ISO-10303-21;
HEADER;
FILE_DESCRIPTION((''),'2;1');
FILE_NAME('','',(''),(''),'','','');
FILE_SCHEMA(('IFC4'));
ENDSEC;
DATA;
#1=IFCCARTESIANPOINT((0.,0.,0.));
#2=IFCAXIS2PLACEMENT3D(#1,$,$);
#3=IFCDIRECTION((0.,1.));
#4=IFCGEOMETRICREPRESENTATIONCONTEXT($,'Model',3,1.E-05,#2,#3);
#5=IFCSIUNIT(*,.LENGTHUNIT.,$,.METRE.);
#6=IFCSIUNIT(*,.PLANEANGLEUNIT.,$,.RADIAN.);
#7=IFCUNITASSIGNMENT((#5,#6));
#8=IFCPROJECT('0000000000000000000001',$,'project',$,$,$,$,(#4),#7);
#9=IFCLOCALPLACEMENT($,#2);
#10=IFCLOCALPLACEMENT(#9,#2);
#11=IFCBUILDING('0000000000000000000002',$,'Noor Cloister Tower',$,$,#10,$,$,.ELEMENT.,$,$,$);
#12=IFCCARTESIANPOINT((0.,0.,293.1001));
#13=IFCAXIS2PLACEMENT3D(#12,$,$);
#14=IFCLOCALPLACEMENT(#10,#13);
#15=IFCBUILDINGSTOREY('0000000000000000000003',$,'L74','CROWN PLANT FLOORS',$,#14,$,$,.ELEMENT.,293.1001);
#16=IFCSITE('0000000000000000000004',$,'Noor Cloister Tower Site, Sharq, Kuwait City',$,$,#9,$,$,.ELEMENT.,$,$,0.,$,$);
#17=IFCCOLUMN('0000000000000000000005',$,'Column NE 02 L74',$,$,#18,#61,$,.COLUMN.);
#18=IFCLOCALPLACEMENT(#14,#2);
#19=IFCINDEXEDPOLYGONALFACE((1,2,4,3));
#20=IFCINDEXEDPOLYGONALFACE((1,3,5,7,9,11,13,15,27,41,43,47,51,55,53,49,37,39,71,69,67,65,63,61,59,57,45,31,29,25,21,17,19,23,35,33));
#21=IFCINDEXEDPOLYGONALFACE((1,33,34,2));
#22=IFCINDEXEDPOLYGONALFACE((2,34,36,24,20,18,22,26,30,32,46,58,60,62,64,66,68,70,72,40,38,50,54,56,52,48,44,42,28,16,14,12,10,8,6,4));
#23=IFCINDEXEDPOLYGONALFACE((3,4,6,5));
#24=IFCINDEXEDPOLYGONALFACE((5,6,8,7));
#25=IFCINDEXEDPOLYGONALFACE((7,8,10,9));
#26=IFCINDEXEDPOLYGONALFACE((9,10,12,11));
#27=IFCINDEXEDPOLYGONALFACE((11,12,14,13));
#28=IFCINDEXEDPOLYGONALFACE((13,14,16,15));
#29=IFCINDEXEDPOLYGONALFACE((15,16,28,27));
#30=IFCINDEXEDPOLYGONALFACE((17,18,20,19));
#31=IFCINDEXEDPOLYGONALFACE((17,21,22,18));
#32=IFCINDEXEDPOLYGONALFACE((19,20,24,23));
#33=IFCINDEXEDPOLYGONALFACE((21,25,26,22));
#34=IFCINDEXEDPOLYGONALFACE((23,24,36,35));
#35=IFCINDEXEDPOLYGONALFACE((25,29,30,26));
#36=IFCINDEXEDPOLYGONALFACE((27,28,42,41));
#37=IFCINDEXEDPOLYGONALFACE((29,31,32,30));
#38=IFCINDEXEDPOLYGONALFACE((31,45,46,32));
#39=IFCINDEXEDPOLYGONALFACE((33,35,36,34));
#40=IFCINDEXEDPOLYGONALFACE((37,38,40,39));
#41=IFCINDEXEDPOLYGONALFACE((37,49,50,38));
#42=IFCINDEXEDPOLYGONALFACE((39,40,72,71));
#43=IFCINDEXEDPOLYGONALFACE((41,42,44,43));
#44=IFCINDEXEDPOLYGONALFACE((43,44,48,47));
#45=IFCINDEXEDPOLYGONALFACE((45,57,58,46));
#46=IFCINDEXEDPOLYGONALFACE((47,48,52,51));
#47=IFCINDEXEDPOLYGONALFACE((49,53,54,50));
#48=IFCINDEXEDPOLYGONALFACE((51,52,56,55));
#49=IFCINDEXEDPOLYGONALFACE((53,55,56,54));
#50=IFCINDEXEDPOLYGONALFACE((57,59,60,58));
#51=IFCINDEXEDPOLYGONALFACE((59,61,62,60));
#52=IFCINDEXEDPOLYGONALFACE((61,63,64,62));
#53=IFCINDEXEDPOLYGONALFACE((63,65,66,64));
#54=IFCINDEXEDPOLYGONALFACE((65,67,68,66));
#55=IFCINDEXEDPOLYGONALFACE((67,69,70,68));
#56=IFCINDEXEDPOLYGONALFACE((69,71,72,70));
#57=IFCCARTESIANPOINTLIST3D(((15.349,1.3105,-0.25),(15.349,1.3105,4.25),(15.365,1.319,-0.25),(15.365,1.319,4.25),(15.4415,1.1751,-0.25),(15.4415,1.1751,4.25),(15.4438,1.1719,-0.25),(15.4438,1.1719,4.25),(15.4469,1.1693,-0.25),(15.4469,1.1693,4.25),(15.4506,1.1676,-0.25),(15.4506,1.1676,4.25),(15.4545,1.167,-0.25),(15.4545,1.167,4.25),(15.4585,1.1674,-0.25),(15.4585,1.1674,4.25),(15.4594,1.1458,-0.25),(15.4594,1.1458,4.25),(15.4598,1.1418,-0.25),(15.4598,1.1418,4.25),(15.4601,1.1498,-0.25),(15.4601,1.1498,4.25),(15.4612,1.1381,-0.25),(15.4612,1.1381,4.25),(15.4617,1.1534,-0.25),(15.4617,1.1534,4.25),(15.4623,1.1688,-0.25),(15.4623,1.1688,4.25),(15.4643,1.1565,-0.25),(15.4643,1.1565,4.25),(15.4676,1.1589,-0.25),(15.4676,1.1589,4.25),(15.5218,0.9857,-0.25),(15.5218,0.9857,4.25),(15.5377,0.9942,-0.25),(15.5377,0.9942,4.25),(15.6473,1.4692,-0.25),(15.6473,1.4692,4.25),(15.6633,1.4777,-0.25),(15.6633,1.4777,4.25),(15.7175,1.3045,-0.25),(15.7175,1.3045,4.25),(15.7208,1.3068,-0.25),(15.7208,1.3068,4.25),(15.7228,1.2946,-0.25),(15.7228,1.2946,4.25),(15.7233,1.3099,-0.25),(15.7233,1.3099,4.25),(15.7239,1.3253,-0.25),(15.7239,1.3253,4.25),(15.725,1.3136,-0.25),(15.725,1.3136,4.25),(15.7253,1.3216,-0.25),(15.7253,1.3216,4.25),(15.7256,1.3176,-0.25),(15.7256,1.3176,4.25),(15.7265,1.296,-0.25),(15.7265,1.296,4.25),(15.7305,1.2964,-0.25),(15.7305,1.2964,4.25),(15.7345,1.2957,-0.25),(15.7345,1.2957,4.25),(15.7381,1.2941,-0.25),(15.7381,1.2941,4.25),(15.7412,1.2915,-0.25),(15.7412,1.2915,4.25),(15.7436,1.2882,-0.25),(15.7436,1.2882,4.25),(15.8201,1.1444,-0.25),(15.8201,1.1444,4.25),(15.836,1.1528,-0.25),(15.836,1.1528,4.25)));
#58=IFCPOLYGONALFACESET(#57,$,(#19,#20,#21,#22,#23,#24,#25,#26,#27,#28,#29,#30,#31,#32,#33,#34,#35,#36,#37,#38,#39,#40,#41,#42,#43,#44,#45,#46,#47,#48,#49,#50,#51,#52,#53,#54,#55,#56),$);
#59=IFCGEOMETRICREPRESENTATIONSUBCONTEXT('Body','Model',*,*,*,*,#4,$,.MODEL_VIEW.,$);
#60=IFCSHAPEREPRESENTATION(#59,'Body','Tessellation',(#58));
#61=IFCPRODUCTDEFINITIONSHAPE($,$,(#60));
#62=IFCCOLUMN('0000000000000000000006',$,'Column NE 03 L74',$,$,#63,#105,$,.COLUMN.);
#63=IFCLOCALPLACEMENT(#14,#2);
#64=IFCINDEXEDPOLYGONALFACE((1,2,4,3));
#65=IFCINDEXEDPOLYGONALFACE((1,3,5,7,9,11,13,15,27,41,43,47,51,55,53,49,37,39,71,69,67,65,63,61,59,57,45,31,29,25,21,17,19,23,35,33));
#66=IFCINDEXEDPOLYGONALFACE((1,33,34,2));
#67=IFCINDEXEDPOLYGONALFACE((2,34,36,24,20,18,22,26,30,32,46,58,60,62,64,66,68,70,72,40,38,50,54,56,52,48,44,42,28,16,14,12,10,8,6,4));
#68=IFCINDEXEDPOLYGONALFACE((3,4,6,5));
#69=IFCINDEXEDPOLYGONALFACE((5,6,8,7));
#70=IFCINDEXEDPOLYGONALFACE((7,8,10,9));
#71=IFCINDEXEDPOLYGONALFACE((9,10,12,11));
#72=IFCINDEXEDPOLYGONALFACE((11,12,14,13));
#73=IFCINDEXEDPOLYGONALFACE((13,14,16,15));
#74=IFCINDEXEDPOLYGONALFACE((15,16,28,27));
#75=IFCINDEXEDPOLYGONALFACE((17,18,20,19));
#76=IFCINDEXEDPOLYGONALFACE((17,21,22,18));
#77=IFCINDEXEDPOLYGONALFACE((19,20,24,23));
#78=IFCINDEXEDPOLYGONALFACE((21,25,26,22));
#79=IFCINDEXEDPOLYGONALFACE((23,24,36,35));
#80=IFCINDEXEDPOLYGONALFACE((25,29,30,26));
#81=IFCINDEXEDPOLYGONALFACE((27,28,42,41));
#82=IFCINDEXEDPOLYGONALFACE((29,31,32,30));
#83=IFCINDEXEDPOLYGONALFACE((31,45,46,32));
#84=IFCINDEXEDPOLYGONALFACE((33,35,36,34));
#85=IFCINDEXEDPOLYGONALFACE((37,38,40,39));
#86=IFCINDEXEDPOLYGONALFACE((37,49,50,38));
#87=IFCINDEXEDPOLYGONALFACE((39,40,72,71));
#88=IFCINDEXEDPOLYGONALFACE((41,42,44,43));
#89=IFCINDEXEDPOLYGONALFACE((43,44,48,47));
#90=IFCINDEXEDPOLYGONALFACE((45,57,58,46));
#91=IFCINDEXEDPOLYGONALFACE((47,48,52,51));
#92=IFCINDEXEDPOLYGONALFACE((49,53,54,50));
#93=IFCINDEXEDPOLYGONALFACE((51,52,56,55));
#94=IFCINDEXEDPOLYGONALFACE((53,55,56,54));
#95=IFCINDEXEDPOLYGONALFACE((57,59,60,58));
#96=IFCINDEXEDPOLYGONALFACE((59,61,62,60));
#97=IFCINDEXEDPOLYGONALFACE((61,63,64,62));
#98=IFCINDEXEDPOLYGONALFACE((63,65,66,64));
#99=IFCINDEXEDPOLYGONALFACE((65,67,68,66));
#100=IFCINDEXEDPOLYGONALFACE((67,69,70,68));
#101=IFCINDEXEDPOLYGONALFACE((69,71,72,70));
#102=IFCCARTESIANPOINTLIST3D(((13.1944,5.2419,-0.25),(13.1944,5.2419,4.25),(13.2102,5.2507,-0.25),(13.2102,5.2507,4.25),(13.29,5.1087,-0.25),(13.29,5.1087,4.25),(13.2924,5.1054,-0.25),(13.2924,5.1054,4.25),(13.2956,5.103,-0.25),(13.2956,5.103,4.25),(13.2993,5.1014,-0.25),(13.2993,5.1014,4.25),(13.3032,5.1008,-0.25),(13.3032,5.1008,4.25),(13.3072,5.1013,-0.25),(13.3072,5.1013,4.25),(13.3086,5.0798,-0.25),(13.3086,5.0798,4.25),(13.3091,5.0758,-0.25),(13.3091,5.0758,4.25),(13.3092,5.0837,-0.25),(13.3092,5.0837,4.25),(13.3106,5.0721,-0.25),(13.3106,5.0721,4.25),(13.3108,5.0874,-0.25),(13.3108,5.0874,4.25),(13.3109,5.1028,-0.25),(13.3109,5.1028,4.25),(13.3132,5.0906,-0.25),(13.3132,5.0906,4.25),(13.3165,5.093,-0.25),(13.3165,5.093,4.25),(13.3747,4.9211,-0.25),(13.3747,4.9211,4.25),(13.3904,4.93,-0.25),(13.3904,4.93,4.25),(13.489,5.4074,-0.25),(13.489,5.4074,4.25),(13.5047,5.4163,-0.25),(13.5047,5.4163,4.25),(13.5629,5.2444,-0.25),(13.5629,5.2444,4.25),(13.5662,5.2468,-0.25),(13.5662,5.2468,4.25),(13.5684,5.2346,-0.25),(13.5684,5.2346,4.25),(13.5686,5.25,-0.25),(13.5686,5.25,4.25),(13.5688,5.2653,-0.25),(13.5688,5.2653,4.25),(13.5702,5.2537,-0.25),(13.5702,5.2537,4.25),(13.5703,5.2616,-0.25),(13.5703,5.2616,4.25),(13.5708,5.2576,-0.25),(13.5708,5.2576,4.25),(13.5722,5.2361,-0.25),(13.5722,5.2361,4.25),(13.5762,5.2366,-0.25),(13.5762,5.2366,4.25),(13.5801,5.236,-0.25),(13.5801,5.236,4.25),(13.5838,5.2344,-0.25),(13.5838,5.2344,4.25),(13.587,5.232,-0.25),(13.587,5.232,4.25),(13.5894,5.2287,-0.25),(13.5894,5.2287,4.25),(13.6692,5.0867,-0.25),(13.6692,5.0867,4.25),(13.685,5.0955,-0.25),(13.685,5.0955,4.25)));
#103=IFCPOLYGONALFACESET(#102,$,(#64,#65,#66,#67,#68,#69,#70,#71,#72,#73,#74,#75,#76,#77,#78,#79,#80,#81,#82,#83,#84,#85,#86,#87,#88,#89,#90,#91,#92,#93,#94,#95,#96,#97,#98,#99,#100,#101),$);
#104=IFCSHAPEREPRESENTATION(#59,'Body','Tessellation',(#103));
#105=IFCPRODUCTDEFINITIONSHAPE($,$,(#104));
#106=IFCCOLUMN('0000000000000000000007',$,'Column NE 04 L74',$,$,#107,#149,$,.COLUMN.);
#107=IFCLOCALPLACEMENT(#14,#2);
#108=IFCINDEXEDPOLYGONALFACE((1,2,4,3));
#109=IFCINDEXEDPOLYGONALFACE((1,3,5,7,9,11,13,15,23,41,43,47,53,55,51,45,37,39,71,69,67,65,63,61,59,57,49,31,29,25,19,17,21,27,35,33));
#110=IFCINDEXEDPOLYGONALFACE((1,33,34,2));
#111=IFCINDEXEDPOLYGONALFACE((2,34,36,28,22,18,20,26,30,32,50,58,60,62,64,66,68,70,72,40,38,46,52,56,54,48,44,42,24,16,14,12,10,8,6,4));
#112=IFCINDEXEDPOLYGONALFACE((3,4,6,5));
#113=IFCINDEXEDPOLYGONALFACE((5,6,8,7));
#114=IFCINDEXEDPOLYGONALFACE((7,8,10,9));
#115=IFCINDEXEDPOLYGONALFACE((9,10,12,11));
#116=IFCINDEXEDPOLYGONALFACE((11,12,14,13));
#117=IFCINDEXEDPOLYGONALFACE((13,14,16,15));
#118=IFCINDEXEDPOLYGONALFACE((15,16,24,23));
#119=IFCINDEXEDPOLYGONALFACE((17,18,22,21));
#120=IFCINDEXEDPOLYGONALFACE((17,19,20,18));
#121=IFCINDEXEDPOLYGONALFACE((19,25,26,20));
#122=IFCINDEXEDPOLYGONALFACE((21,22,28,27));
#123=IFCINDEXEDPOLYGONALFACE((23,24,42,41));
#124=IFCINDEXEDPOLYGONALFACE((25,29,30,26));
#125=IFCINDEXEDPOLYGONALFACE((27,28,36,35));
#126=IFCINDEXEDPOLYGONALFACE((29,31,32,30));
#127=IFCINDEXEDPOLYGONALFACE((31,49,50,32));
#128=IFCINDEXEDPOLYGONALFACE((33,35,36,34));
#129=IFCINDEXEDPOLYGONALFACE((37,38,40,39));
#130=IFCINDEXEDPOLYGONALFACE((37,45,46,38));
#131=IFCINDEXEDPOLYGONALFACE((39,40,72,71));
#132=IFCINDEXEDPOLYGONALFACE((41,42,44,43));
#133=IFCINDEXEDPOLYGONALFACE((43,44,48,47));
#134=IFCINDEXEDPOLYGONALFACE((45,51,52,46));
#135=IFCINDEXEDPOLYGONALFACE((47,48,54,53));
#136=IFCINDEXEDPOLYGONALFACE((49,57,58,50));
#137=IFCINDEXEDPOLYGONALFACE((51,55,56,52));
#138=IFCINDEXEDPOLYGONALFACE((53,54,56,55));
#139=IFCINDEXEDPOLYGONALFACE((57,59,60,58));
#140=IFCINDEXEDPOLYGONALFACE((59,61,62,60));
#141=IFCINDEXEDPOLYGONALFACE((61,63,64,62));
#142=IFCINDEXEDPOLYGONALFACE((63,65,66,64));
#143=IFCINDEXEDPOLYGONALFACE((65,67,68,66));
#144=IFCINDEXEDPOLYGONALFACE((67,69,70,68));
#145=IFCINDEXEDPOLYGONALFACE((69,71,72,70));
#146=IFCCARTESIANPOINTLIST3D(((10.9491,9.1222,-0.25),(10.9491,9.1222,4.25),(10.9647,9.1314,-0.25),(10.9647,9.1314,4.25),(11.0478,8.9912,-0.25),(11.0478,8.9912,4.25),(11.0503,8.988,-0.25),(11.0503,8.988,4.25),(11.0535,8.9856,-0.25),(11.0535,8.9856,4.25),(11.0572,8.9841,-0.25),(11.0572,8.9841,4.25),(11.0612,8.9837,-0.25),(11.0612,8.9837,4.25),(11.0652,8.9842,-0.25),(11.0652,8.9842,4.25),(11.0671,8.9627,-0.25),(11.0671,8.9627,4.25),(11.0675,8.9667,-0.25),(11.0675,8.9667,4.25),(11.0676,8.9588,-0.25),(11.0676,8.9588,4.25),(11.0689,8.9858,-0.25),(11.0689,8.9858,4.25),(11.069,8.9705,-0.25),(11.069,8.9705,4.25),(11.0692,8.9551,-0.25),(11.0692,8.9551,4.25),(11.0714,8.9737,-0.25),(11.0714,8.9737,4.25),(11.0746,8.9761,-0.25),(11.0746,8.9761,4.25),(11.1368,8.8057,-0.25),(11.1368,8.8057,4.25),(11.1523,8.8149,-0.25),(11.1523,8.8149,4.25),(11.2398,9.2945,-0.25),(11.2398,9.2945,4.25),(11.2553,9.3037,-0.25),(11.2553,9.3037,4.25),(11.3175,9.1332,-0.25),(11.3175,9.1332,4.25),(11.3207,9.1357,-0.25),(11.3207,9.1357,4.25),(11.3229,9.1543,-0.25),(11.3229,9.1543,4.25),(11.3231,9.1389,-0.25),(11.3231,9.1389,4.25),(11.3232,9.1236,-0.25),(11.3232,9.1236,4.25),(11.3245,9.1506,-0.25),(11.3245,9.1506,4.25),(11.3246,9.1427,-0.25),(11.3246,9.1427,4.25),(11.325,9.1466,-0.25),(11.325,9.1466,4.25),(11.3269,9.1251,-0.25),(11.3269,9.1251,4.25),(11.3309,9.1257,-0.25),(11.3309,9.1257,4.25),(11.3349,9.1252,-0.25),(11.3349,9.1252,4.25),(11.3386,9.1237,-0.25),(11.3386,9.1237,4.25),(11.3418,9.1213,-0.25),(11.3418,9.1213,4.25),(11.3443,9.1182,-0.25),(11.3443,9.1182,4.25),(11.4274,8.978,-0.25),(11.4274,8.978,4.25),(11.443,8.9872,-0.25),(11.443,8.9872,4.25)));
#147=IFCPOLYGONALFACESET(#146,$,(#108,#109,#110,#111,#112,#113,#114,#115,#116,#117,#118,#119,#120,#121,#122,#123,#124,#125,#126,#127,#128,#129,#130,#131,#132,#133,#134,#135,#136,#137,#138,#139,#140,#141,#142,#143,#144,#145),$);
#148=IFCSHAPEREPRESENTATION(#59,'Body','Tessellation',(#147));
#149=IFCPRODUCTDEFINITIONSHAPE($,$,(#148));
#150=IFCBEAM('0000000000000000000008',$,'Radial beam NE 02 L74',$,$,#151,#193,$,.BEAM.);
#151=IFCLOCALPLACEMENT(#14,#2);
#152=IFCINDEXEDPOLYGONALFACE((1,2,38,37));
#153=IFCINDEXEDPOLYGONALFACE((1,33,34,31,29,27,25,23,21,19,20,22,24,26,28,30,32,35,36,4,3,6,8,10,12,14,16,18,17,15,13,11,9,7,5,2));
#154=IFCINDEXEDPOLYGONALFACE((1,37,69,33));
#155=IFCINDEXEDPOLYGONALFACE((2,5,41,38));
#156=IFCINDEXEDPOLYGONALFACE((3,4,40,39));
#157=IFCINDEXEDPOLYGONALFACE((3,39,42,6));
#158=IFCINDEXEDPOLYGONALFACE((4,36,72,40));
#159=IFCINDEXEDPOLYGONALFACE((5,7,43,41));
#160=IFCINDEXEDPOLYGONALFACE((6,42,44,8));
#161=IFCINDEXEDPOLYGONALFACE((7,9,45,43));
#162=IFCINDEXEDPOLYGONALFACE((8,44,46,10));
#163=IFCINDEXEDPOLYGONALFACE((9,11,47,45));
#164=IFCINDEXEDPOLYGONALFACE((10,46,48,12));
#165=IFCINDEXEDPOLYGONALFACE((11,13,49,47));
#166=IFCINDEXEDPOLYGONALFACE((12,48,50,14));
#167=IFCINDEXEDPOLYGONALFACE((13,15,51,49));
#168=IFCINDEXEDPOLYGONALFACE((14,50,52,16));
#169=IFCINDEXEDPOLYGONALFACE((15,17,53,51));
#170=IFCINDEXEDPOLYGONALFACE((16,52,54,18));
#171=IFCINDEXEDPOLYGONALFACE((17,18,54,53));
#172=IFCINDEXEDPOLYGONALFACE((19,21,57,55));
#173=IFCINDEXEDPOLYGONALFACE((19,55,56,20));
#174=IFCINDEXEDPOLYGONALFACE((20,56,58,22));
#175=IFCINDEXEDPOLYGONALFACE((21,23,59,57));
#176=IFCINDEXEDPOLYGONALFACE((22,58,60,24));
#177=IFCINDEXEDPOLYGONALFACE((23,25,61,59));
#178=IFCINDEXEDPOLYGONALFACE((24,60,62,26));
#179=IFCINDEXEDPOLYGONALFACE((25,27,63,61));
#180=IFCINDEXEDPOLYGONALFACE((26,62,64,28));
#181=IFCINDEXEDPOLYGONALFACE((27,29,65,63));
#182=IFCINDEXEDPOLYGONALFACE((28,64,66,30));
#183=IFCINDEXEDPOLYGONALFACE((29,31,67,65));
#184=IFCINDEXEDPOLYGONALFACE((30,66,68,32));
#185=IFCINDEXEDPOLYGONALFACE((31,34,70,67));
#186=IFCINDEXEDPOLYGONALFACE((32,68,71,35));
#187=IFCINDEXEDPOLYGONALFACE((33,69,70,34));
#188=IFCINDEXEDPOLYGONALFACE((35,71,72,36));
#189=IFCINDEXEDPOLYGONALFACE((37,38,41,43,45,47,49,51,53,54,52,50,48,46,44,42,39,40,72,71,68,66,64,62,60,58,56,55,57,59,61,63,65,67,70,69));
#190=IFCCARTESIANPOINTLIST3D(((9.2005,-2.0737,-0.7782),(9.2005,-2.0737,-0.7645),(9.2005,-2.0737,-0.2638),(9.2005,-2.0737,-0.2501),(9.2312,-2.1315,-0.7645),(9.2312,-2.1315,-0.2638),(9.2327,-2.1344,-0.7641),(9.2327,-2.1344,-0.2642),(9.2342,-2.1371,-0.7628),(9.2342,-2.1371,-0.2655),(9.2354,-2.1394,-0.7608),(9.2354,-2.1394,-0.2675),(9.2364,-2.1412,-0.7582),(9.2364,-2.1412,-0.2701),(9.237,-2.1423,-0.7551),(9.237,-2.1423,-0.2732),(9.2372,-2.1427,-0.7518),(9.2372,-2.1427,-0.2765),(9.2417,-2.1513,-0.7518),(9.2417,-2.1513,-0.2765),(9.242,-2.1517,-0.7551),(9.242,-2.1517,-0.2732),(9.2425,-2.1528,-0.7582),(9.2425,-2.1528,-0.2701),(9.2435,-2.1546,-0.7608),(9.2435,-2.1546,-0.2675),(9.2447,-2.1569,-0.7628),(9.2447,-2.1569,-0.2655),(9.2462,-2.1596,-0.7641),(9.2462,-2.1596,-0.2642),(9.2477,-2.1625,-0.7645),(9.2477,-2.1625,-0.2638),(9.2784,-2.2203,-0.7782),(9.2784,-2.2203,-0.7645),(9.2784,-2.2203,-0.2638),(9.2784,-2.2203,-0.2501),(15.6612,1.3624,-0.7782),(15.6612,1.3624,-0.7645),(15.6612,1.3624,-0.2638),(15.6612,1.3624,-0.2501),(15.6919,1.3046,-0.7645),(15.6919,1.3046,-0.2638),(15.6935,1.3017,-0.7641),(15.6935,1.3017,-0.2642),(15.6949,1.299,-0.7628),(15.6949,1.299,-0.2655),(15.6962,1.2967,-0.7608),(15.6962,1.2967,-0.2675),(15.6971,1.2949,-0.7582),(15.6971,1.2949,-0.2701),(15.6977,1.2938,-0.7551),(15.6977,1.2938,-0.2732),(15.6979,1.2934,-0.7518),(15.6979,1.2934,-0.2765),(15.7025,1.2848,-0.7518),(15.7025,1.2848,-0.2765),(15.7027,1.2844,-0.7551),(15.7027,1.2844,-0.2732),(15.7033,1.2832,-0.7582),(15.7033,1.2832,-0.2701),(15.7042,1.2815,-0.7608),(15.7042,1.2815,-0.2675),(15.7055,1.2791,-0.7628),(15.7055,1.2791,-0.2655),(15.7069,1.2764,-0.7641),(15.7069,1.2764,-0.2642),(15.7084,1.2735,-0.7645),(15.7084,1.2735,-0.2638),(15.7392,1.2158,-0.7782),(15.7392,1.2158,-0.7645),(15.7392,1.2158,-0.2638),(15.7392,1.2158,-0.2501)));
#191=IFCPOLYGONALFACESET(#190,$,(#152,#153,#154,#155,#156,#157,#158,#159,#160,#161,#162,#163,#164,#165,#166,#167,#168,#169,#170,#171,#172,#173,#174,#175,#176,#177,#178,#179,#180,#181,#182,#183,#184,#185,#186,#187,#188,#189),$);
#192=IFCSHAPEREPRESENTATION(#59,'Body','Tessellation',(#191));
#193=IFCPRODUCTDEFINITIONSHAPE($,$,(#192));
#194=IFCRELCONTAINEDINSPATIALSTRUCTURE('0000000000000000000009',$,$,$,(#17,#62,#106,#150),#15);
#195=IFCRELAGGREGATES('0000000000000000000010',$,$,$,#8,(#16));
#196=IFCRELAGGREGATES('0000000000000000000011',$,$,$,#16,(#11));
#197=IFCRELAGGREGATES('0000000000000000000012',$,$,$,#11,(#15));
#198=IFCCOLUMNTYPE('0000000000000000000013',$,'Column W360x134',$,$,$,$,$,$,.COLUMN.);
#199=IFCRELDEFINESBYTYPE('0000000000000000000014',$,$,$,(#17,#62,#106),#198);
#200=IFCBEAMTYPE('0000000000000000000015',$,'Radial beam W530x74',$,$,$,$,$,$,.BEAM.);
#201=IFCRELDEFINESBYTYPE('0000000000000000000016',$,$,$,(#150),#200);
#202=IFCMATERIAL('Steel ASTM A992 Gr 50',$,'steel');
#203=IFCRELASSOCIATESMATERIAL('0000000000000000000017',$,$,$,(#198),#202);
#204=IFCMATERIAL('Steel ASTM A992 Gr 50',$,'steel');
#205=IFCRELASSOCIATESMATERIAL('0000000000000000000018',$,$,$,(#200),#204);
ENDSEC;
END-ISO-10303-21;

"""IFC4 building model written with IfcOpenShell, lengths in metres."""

from ifc_helpers import new_model, si_unit, direction, frame, origin, origin_2d, place, context, subcontext, project, spatial, i_section, extrude, material, material_profile, profile_set, type_object, element, save


model = new_model("IFC4")

# Units and contexts
model_context = context("Model", 3, precision=1e-05, world=origin(), true_north=direction((0.0, 1.0)))
body_context = subcontext(model_context, "Body", "Model", "MODEL_VIEW")
ifc_project = project(units=[si_unit("LENGTHUNIT", "METRE"), si_unit("PLANEANGLEUNIT", "RADIAN")], contexts=[model_context])

# Site, building, storey
site_placement = place(None, origin())
site = spatial("IfcSite", under=ifc_project, at=site_placement, Name="Noor Cloister Tower Site, Sharq, Kuwait City", CompositionType="ELEMENT", RefElevation=0.0)
building_placement = place(site_placement, origin())
building = spatial("IfcBuilding", under=site, at=building_placement, Name="Noor Cloister Tower", CompositionType="ELEMENT")
storey_placement = place(building_placement, frame((0.0, 0.0, 293.1001)))
storey = spatial("IfcBuildingStorey", under=building, at=storey_placement, Name="L74", Description="CROWN PLANT FLOORS", CompositionType="ELEMENT", Elevation=293.1001)

# Columns
ifc_material_1 = material(Name="Steel ASTM A992 Gr 50", Category="steel")
ifc_material_profile_1 = material_profile(ifc_material_1, i_section(OverallWidth=0.3679, OverallDepth=0.356, WebThickness=0.0112, FlangeThickness=0.0181, FilletRadius=0.0154, at=origin_2d()), Name="W360x134")
ifc_profile_set_1 = profile_set([ifc_material_profile_1], Name="Steel ASTM A992 Gr 50")
column_type = type_object("IfcColumnType", Name="Column W360x134", PredefinedType="COLUMN", material=ifc_profile_set_1)
for number, where, z_axis, x_axis, name in (
    (1, (15.5925, 1.2317, -0.25), (0.0, 0.0, 1.0), (-0.469576, 0.882892, 0.0), "Column NE 02 L74"),
    (2, (13.4397, 5.1687, -0.25), (0.0, 0.0, 1.0), (-0.489924, 0.871765, 0.0), "Column NE 03 L74"),
    (3, (11.196, 9.0547, -0.25), (0.0, 0.0, 1.0), (-0.510009, 0.860169, 0.0), "Column NE 04 L74"),
):
    element("IfcColumn", number, at=place(storey_placement, frame(where, z_axis=z_axis, x_axis=x_axis)), inside=storey, type_object=column_type, Name=name, PredefinedType="COLUMN", context=body_context, shape_type="SweptSolid", body=[
        extrude(i_section(OverallWidth=0.3679, OverallDepth=0.356, WebThickness=0.0112, FlangeThickness=0.0181, FilletRadius=0.0154, at=origin_2d()), origin(), (0.0, 0.0, 1.0), 4.5),
    ])

# Beam
ifc_material_2 = material(Name="Steel ASTM A992 Gr 50", Category="steel")
ifc_material_profile_2 = material_profile(ifc_material_2, i_section(OverallWidth=0.166, OverallDepth=0.5281, WebThickness=0.0098, FlangeThickness=0.0137, FilletRadius=0.0127, at=origin_2d()), Name="W530x74")
ifc_profile_set_2 = profile_set([ifc_material_profile_2], Name="Steel ASTM A992 Gr 50")
beam_type_1 = type_object("IfcBeamType", Name="Radial beam W530x74", PredefinedType="BEAM", material=ifc_profile_set_2)
beam_1_placement = place(storey_placement, frame((15.7002, 1.2891, -0.5142), z_axis=(-0.882901, -0.469559, 0.0), x_axis=(0.469559, -0.882901, 0.0)))
element("IfcBeam", 4, at=beam_1_placement, inside=storey, type_object=beam_type_1, Name="Radial beam NE 02 L74", PredefinedType="BEAM", context=body_context, shape_type="SweptSolid", body=[
    extrude(i_section(OverallWidth=0.166, OverallDepth=0.5281, WebThickness=0.0098, FlangeThickness=0.0137, FilletRadius=0.0127, at=origin_2d()), origin(), (0.0, 0.0, 1.0), 7.3176),
])

save(model, "model.ifc")
